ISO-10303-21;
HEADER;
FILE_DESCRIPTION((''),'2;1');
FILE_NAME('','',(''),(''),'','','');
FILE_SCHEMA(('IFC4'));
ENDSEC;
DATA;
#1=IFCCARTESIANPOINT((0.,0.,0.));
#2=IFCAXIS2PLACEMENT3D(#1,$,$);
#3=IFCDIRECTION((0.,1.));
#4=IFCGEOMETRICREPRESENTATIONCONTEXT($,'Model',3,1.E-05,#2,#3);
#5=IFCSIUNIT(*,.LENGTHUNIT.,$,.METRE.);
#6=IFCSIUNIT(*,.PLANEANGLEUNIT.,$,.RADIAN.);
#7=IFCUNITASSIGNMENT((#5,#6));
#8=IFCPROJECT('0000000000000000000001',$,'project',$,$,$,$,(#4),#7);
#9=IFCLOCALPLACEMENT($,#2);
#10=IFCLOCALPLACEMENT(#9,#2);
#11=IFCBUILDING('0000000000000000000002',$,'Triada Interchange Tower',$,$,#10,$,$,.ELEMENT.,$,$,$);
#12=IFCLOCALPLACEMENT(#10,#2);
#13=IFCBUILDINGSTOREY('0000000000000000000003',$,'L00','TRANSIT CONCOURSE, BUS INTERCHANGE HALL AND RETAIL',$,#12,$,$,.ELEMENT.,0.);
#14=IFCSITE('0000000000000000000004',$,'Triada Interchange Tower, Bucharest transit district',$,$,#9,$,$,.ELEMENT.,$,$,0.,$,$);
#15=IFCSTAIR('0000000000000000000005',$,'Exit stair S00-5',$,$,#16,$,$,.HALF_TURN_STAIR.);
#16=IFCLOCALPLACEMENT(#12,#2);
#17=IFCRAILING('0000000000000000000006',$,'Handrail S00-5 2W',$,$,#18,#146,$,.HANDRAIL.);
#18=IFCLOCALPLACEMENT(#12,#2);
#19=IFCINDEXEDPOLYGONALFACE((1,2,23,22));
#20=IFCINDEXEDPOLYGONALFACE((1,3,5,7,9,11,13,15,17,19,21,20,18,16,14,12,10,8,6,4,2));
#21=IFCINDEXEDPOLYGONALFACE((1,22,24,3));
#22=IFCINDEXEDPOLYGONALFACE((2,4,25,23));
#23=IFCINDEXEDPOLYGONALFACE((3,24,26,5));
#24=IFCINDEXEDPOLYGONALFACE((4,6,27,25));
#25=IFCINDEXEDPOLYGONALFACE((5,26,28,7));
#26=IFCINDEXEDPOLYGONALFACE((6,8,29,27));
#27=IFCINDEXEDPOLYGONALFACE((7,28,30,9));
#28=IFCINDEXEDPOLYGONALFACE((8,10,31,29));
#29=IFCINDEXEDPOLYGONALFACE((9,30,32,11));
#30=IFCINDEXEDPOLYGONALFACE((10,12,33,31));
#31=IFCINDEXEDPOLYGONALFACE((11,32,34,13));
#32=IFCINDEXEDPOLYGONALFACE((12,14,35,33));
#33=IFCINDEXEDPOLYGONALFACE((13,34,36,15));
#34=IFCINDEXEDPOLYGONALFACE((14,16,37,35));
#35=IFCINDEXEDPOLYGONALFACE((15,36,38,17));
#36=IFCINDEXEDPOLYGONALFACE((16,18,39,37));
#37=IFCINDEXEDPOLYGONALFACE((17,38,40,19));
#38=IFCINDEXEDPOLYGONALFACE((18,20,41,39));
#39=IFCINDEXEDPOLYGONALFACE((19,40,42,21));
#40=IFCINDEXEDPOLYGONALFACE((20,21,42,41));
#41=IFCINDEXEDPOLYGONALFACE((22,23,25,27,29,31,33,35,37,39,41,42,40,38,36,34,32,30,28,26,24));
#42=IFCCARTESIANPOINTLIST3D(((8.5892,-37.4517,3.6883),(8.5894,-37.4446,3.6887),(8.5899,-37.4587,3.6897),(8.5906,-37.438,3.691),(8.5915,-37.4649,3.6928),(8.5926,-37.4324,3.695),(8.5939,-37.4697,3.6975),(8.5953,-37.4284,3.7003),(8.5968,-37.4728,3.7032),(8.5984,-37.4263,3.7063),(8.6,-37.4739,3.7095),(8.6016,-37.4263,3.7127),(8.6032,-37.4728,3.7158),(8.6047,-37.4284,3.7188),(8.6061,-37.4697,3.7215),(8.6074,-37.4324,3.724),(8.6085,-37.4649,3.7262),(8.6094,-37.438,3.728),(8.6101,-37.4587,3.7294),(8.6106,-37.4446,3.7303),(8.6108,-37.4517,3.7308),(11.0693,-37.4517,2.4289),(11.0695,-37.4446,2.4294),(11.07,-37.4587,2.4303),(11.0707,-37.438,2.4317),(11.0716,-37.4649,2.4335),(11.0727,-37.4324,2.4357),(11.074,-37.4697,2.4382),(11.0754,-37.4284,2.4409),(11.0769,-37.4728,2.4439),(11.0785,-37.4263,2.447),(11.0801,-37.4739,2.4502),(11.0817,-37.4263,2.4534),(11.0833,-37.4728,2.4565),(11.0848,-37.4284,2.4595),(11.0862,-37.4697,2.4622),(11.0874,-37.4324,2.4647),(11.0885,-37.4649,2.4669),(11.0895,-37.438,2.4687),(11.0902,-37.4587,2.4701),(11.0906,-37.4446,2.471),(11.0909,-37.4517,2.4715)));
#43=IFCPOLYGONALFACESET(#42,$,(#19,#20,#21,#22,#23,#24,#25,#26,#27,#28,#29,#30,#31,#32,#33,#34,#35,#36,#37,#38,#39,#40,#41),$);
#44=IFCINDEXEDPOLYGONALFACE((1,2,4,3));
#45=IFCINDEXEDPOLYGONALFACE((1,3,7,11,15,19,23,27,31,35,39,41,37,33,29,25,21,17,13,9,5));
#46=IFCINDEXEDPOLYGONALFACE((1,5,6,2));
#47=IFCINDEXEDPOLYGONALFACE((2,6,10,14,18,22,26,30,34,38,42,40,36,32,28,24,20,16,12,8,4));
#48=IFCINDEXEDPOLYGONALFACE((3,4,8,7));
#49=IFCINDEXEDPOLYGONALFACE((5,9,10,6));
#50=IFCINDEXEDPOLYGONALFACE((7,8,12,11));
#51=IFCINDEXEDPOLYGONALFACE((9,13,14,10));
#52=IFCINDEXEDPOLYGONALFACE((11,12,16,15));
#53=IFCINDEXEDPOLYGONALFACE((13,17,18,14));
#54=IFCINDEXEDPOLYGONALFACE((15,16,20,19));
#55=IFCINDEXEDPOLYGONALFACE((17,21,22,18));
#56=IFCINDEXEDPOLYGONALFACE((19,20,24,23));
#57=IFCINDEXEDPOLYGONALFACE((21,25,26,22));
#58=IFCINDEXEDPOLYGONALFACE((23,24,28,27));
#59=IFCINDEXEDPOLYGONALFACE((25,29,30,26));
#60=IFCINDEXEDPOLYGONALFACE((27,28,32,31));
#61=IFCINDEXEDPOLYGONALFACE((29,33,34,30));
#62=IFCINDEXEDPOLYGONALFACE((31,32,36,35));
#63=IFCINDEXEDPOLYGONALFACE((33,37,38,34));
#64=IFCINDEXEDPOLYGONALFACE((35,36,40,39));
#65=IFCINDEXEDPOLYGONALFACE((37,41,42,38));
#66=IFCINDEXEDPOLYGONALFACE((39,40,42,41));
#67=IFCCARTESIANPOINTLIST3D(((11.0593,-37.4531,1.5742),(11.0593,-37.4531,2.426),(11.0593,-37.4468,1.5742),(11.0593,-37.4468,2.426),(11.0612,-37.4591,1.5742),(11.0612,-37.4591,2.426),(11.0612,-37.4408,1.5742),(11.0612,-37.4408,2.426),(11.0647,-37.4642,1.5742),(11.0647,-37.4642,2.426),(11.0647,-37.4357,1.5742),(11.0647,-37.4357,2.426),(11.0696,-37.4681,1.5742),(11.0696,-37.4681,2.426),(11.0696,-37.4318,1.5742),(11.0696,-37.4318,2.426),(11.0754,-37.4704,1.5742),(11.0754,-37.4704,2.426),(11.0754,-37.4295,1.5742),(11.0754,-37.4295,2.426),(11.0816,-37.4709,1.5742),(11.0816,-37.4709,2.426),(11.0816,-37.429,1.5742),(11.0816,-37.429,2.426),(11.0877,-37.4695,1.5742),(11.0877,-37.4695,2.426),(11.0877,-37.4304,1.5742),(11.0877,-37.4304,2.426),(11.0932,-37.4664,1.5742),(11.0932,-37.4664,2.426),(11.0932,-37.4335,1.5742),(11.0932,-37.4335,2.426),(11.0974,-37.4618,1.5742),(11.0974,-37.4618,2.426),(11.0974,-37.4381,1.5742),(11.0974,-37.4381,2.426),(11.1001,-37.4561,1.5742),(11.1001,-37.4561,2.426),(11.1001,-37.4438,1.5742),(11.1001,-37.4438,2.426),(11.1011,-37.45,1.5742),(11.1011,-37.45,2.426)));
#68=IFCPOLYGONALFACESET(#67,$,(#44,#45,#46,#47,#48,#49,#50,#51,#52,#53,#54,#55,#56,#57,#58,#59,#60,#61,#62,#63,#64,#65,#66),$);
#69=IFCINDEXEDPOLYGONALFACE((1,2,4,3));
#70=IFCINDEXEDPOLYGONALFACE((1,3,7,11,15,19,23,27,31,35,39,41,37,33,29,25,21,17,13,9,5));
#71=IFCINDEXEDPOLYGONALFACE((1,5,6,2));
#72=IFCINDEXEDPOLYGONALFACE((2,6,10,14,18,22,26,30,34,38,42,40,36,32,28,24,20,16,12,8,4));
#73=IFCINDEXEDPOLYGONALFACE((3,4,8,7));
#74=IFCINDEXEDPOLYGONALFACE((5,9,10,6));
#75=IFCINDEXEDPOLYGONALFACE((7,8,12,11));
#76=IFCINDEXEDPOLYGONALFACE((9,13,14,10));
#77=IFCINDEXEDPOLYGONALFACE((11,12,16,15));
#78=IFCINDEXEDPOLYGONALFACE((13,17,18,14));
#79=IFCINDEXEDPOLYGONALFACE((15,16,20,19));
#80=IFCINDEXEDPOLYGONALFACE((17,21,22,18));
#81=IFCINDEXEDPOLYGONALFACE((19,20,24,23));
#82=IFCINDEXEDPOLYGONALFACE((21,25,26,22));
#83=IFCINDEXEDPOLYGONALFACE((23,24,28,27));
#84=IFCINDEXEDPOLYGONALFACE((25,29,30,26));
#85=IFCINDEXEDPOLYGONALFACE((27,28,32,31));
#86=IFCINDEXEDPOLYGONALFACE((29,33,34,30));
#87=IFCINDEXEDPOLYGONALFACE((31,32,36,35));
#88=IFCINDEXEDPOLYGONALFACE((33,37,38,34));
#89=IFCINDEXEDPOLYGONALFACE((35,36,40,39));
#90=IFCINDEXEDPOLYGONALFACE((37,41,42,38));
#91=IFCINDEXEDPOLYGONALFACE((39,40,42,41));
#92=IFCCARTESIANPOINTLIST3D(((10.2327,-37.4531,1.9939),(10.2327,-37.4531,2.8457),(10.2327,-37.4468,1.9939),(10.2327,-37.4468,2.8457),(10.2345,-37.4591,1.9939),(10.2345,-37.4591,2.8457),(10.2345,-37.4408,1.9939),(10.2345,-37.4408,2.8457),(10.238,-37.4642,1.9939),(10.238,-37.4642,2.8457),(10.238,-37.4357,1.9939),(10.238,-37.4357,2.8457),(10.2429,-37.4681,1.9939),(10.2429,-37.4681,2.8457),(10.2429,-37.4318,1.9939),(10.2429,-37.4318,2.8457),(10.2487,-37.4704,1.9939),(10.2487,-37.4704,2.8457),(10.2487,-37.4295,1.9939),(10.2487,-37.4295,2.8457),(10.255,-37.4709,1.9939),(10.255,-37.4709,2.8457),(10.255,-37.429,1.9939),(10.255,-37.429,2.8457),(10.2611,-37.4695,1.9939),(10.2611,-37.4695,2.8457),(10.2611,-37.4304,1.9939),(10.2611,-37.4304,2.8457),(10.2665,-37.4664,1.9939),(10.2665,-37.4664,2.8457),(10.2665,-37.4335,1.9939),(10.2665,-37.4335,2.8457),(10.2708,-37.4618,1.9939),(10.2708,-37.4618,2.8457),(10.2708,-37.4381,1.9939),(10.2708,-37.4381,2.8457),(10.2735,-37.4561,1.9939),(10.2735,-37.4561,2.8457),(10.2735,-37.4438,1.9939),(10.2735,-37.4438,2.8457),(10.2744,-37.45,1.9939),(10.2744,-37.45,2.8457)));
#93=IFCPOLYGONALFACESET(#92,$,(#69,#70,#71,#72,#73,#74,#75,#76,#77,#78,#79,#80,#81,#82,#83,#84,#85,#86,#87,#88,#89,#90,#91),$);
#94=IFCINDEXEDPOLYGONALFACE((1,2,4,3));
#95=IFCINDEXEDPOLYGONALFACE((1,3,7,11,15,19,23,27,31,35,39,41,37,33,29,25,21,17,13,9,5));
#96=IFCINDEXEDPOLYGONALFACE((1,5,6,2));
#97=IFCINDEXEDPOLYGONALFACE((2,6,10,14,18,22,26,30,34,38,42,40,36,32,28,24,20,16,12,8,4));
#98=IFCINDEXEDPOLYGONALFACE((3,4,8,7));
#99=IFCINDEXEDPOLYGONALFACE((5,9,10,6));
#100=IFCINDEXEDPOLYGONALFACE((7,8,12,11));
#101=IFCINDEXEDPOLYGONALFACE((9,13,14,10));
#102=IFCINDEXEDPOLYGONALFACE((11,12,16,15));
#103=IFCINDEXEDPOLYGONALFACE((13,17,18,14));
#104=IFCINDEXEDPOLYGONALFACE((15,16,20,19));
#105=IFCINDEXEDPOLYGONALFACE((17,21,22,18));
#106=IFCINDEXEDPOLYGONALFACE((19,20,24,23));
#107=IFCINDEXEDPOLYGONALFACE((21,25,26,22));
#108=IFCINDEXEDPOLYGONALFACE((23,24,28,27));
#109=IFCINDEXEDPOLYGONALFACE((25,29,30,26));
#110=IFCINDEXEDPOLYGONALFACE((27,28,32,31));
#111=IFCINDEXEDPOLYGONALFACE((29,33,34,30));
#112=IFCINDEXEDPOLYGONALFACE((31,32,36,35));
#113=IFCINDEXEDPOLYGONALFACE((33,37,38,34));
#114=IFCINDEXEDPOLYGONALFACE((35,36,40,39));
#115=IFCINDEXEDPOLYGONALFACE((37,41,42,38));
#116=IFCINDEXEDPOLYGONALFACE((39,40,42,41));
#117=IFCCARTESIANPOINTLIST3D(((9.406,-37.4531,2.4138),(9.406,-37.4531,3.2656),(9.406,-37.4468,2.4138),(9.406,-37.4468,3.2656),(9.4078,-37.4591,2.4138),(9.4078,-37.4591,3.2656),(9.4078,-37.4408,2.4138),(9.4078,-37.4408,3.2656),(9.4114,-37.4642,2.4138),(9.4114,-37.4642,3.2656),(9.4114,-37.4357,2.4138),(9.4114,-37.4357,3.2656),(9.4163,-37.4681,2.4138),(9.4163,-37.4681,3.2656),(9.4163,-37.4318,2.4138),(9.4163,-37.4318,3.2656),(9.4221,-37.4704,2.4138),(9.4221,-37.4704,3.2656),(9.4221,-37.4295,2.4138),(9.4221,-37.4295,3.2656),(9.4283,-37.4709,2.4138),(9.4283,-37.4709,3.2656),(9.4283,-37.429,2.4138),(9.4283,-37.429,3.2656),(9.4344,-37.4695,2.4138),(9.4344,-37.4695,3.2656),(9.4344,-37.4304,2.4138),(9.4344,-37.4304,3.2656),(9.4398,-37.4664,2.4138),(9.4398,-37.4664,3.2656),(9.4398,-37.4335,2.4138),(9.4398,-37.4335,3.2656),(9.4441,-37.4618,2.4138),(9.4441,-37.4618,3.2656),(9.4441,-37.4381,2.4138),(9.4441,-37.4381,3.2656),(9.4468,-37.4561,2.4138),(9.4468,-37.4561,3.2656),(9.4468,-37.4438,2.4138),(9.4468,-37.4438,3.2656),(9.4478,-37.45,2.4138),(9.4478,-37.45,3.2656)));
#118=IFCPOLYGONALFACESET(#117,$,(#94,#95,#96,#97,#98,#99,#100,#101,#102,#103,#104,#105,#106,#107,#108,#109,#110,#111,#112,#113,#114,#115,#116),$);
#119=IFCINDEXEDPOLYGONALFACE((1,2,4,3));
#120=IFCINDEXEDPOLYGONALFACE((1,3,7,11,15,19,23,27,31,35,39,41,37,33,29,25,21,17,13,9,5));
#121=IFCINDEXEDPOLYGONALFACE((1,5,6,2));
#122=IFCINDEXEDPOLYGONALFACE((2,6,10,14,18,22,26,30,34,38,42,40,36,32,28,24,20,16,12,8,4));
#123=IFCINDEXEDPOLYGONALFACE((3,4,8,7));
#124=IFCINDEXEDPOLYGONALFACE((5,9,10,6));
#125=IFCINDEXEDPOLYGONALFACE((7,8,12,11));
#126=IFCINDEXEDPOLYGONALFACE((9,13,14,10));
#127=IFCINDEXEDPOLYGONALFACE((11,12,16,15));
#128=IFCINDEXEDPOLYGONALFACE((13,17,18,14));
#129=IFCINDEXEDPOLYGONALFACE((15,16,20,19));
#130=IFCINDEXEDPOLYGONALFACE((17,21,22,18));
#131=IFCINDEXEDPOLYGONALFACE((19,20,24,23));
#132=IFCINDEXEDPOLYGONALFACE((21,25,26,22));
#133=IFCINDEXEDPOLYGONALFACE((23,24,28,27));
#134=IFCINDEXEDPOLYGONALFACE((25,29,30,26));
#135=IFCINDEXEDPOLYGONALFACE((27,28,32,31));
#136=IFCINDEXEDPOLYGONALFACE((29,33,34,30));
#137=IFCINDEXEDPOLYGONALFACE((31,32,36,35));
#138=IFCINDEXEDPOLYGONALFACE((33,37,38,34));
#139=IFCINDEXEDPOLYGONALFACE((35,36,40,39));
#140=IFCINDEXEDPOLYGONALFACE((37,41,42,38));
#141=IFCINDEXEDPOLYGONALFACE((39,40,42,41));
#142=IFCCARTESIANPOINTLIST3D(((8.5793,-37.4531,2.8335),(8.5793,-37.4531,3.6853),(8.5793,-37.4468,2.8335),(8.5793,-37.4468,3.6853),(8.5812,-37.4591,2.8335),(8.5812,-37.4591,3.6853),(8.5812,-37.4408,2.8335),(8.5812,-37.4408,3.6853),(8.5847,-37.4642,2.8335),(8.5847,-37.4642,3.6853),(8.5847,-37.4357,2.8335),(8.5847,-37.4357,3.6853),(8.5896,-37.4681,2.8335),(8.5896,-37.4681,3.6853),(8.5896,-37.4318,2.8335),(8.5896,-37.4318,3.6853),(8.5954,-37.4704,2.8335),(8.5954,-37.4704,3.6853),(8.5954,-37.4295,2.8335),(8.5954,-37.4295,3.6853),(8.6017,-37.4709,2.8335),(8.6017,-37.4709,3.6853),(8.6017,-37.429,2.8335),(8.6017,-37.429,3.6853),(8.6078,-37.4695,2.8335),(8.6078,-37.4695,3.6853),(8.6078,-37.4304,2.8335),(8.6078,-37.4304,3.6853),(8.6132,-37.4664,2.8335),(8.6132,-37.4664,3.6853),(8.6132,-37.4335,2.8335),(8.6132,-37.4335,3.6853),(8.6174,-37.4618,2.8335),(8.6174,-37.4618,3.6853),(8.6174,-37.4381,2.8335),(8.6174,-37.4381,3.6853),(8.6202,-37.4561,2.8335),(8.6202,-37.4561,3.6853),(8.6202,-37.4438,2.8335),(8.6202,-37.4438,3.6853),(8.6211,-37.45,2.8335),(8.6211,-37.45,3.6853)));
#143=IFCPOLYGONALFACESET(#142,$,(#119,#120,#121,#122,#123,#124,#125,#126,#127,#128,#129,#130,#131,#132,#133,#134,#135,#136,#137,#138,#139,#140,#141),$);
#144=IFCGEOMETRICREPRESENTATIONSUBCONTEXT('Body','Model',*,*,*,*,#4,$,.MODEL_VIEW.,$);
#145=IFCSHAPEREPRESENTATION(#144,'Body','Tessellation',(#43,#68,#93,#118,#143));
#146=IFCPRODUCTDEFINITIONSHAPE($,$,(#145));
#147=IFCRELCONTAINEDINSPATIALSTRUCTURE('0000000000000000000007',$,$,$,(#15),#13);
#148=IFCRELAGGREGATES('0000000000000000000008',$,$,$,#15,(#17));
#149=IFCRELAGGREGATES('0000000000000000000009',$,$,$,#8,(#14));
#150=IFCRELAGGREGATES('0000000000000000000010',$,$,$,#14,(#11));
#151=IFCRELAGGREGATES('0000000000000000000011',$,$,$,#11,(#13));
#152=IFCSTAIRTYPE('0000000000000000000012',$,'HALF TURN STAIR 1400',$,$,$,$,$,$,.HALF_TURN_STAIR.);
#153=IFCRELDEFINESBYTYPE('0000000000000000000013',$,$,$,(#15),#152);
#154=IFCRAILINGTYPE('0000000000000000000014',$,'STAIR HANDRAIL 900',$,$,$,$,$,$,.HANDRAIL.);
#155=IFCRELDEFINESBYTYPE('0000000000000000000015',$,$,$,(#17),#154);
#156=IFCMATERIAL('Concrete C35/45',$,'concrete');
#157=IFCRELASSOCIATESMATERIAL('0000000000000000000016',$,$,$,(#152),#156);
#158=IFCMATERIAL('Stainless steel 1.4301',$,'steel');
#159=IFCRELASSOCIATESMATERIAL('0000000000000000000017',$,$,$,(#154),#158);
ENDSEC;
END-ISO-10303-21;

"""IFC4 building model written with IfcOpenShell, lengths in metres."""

from ifc_helpers import new_model, si_unit, direction, frame, origin, origin_2d, place, context, subcontext, project, spatial, circle, extrude, material, type_object, element, aggregate, save


model = new_model("IFC4")

# Units and contexts
model_context = context("Model", 3, precision=1e-05, world=origin(), true_north=direction((0.0, 1.0)))
body_context = subcontext(model_context, "Body", "Model", "MODEL_VIEW")
ifc_project = project(units=[si_unit("LENGTHUNIT", "METRE"), si_unit("PLANEANGLEUNIT", "RADIAN")], contexts=[model_context])

# Site, building, storey
site_placement = place(None, origin())
site = spatial("IfcSite", under=ifc_project, at=site_placement, Name="Triada Interchange Tower, Bucharest transit district", CompositionType="ELEMENT", RefElevation=0.0)
building_placement = place(site_placement, origin())
building = spatial("IfcBuilding", under=site, at=building_placement, Name="Triada Interchange Tower", CompositionType="ELEMENT")
storey_placement = place(building_placement, origin())
storey = spatial("IfcBuildingStorey", under=building, at=storey_placement, Name="L00", Description="TRANSIT CONCOURSE, BUS INTERCHANGE HALL AND RETAIL", CompositionType="ELEMENT", Elevation=0.0)

# Shared definitions
ifc_material_1 = material(Name="Concrete C35/45", Category="concrete")

# Stair, railing
stair_type = type_object("IfcStairType", Name="HALF TURN STAIR 1400", PredefinedType="HALF_TURN_STAIR", material=ifc_material_1)
stair_1_placement = place(storey_placement, origin())
stair_1 = element("IfcStair", 1, at=stair_1_placement, inside=storey, type_object=stair_type, Name="Exit stair S00-5", PredefinedType="HALF_TURN_STAIR")
ifc_material_2 = material(Name="Stainless steel 1.4301", Category="steel")
railing_type_1 = type_object("IfcRailingType", Name="STAIR HANDRAIL 900", PredefinedType="HANDRAIL", material=ifc_material_2)
railing_1_placement = place(storey_placement, frame((11.0801, -37.45, 1.5742)))
railing_1 = element("IfcRailing", 2, at=railing_1_placement, type_object=railing_type_1, Name="Handrail S00-5 2W", PredefinedType="HANDRAIL", context=body_context, shape_type="SweptSolid", body=[
    extrude(circle(Radius=0.0239, at=origin_2d()), frame((0.0, 0.0, 0.876), z_axis=(-0.891636, 0.0, 0.452752), x_axis=(0.0, -1.0, 0.0)), (0.0, 0.0, 1.0), 2.7815),
    extrude(circle(Radius=0.021, at=origin_2d()), origin(), (0.0, 0.0, 1.0), 0.8518),
    extrude(circle(Radius=0.021, at=origin_2d()), frame((-0.8267, 0.0, 0.4197)), (0.0, 0.0, 1.0), 0.8518),
    extrude(circle(Radius=0.021, at=origin_2d()), frame((-1.6533, 0.0, 0.8396)), (0.0, 0.0, 1.0), 0.8518),
    extrude(circle(Radius=0.021, at=origin_2d()), frame((-2.48, 0.0, 1.2593)), (0.0, 0.0, 1.0), 0.8518),
])
aggregate(stair_1, [railing_1])

save(model, "model.ifc")
